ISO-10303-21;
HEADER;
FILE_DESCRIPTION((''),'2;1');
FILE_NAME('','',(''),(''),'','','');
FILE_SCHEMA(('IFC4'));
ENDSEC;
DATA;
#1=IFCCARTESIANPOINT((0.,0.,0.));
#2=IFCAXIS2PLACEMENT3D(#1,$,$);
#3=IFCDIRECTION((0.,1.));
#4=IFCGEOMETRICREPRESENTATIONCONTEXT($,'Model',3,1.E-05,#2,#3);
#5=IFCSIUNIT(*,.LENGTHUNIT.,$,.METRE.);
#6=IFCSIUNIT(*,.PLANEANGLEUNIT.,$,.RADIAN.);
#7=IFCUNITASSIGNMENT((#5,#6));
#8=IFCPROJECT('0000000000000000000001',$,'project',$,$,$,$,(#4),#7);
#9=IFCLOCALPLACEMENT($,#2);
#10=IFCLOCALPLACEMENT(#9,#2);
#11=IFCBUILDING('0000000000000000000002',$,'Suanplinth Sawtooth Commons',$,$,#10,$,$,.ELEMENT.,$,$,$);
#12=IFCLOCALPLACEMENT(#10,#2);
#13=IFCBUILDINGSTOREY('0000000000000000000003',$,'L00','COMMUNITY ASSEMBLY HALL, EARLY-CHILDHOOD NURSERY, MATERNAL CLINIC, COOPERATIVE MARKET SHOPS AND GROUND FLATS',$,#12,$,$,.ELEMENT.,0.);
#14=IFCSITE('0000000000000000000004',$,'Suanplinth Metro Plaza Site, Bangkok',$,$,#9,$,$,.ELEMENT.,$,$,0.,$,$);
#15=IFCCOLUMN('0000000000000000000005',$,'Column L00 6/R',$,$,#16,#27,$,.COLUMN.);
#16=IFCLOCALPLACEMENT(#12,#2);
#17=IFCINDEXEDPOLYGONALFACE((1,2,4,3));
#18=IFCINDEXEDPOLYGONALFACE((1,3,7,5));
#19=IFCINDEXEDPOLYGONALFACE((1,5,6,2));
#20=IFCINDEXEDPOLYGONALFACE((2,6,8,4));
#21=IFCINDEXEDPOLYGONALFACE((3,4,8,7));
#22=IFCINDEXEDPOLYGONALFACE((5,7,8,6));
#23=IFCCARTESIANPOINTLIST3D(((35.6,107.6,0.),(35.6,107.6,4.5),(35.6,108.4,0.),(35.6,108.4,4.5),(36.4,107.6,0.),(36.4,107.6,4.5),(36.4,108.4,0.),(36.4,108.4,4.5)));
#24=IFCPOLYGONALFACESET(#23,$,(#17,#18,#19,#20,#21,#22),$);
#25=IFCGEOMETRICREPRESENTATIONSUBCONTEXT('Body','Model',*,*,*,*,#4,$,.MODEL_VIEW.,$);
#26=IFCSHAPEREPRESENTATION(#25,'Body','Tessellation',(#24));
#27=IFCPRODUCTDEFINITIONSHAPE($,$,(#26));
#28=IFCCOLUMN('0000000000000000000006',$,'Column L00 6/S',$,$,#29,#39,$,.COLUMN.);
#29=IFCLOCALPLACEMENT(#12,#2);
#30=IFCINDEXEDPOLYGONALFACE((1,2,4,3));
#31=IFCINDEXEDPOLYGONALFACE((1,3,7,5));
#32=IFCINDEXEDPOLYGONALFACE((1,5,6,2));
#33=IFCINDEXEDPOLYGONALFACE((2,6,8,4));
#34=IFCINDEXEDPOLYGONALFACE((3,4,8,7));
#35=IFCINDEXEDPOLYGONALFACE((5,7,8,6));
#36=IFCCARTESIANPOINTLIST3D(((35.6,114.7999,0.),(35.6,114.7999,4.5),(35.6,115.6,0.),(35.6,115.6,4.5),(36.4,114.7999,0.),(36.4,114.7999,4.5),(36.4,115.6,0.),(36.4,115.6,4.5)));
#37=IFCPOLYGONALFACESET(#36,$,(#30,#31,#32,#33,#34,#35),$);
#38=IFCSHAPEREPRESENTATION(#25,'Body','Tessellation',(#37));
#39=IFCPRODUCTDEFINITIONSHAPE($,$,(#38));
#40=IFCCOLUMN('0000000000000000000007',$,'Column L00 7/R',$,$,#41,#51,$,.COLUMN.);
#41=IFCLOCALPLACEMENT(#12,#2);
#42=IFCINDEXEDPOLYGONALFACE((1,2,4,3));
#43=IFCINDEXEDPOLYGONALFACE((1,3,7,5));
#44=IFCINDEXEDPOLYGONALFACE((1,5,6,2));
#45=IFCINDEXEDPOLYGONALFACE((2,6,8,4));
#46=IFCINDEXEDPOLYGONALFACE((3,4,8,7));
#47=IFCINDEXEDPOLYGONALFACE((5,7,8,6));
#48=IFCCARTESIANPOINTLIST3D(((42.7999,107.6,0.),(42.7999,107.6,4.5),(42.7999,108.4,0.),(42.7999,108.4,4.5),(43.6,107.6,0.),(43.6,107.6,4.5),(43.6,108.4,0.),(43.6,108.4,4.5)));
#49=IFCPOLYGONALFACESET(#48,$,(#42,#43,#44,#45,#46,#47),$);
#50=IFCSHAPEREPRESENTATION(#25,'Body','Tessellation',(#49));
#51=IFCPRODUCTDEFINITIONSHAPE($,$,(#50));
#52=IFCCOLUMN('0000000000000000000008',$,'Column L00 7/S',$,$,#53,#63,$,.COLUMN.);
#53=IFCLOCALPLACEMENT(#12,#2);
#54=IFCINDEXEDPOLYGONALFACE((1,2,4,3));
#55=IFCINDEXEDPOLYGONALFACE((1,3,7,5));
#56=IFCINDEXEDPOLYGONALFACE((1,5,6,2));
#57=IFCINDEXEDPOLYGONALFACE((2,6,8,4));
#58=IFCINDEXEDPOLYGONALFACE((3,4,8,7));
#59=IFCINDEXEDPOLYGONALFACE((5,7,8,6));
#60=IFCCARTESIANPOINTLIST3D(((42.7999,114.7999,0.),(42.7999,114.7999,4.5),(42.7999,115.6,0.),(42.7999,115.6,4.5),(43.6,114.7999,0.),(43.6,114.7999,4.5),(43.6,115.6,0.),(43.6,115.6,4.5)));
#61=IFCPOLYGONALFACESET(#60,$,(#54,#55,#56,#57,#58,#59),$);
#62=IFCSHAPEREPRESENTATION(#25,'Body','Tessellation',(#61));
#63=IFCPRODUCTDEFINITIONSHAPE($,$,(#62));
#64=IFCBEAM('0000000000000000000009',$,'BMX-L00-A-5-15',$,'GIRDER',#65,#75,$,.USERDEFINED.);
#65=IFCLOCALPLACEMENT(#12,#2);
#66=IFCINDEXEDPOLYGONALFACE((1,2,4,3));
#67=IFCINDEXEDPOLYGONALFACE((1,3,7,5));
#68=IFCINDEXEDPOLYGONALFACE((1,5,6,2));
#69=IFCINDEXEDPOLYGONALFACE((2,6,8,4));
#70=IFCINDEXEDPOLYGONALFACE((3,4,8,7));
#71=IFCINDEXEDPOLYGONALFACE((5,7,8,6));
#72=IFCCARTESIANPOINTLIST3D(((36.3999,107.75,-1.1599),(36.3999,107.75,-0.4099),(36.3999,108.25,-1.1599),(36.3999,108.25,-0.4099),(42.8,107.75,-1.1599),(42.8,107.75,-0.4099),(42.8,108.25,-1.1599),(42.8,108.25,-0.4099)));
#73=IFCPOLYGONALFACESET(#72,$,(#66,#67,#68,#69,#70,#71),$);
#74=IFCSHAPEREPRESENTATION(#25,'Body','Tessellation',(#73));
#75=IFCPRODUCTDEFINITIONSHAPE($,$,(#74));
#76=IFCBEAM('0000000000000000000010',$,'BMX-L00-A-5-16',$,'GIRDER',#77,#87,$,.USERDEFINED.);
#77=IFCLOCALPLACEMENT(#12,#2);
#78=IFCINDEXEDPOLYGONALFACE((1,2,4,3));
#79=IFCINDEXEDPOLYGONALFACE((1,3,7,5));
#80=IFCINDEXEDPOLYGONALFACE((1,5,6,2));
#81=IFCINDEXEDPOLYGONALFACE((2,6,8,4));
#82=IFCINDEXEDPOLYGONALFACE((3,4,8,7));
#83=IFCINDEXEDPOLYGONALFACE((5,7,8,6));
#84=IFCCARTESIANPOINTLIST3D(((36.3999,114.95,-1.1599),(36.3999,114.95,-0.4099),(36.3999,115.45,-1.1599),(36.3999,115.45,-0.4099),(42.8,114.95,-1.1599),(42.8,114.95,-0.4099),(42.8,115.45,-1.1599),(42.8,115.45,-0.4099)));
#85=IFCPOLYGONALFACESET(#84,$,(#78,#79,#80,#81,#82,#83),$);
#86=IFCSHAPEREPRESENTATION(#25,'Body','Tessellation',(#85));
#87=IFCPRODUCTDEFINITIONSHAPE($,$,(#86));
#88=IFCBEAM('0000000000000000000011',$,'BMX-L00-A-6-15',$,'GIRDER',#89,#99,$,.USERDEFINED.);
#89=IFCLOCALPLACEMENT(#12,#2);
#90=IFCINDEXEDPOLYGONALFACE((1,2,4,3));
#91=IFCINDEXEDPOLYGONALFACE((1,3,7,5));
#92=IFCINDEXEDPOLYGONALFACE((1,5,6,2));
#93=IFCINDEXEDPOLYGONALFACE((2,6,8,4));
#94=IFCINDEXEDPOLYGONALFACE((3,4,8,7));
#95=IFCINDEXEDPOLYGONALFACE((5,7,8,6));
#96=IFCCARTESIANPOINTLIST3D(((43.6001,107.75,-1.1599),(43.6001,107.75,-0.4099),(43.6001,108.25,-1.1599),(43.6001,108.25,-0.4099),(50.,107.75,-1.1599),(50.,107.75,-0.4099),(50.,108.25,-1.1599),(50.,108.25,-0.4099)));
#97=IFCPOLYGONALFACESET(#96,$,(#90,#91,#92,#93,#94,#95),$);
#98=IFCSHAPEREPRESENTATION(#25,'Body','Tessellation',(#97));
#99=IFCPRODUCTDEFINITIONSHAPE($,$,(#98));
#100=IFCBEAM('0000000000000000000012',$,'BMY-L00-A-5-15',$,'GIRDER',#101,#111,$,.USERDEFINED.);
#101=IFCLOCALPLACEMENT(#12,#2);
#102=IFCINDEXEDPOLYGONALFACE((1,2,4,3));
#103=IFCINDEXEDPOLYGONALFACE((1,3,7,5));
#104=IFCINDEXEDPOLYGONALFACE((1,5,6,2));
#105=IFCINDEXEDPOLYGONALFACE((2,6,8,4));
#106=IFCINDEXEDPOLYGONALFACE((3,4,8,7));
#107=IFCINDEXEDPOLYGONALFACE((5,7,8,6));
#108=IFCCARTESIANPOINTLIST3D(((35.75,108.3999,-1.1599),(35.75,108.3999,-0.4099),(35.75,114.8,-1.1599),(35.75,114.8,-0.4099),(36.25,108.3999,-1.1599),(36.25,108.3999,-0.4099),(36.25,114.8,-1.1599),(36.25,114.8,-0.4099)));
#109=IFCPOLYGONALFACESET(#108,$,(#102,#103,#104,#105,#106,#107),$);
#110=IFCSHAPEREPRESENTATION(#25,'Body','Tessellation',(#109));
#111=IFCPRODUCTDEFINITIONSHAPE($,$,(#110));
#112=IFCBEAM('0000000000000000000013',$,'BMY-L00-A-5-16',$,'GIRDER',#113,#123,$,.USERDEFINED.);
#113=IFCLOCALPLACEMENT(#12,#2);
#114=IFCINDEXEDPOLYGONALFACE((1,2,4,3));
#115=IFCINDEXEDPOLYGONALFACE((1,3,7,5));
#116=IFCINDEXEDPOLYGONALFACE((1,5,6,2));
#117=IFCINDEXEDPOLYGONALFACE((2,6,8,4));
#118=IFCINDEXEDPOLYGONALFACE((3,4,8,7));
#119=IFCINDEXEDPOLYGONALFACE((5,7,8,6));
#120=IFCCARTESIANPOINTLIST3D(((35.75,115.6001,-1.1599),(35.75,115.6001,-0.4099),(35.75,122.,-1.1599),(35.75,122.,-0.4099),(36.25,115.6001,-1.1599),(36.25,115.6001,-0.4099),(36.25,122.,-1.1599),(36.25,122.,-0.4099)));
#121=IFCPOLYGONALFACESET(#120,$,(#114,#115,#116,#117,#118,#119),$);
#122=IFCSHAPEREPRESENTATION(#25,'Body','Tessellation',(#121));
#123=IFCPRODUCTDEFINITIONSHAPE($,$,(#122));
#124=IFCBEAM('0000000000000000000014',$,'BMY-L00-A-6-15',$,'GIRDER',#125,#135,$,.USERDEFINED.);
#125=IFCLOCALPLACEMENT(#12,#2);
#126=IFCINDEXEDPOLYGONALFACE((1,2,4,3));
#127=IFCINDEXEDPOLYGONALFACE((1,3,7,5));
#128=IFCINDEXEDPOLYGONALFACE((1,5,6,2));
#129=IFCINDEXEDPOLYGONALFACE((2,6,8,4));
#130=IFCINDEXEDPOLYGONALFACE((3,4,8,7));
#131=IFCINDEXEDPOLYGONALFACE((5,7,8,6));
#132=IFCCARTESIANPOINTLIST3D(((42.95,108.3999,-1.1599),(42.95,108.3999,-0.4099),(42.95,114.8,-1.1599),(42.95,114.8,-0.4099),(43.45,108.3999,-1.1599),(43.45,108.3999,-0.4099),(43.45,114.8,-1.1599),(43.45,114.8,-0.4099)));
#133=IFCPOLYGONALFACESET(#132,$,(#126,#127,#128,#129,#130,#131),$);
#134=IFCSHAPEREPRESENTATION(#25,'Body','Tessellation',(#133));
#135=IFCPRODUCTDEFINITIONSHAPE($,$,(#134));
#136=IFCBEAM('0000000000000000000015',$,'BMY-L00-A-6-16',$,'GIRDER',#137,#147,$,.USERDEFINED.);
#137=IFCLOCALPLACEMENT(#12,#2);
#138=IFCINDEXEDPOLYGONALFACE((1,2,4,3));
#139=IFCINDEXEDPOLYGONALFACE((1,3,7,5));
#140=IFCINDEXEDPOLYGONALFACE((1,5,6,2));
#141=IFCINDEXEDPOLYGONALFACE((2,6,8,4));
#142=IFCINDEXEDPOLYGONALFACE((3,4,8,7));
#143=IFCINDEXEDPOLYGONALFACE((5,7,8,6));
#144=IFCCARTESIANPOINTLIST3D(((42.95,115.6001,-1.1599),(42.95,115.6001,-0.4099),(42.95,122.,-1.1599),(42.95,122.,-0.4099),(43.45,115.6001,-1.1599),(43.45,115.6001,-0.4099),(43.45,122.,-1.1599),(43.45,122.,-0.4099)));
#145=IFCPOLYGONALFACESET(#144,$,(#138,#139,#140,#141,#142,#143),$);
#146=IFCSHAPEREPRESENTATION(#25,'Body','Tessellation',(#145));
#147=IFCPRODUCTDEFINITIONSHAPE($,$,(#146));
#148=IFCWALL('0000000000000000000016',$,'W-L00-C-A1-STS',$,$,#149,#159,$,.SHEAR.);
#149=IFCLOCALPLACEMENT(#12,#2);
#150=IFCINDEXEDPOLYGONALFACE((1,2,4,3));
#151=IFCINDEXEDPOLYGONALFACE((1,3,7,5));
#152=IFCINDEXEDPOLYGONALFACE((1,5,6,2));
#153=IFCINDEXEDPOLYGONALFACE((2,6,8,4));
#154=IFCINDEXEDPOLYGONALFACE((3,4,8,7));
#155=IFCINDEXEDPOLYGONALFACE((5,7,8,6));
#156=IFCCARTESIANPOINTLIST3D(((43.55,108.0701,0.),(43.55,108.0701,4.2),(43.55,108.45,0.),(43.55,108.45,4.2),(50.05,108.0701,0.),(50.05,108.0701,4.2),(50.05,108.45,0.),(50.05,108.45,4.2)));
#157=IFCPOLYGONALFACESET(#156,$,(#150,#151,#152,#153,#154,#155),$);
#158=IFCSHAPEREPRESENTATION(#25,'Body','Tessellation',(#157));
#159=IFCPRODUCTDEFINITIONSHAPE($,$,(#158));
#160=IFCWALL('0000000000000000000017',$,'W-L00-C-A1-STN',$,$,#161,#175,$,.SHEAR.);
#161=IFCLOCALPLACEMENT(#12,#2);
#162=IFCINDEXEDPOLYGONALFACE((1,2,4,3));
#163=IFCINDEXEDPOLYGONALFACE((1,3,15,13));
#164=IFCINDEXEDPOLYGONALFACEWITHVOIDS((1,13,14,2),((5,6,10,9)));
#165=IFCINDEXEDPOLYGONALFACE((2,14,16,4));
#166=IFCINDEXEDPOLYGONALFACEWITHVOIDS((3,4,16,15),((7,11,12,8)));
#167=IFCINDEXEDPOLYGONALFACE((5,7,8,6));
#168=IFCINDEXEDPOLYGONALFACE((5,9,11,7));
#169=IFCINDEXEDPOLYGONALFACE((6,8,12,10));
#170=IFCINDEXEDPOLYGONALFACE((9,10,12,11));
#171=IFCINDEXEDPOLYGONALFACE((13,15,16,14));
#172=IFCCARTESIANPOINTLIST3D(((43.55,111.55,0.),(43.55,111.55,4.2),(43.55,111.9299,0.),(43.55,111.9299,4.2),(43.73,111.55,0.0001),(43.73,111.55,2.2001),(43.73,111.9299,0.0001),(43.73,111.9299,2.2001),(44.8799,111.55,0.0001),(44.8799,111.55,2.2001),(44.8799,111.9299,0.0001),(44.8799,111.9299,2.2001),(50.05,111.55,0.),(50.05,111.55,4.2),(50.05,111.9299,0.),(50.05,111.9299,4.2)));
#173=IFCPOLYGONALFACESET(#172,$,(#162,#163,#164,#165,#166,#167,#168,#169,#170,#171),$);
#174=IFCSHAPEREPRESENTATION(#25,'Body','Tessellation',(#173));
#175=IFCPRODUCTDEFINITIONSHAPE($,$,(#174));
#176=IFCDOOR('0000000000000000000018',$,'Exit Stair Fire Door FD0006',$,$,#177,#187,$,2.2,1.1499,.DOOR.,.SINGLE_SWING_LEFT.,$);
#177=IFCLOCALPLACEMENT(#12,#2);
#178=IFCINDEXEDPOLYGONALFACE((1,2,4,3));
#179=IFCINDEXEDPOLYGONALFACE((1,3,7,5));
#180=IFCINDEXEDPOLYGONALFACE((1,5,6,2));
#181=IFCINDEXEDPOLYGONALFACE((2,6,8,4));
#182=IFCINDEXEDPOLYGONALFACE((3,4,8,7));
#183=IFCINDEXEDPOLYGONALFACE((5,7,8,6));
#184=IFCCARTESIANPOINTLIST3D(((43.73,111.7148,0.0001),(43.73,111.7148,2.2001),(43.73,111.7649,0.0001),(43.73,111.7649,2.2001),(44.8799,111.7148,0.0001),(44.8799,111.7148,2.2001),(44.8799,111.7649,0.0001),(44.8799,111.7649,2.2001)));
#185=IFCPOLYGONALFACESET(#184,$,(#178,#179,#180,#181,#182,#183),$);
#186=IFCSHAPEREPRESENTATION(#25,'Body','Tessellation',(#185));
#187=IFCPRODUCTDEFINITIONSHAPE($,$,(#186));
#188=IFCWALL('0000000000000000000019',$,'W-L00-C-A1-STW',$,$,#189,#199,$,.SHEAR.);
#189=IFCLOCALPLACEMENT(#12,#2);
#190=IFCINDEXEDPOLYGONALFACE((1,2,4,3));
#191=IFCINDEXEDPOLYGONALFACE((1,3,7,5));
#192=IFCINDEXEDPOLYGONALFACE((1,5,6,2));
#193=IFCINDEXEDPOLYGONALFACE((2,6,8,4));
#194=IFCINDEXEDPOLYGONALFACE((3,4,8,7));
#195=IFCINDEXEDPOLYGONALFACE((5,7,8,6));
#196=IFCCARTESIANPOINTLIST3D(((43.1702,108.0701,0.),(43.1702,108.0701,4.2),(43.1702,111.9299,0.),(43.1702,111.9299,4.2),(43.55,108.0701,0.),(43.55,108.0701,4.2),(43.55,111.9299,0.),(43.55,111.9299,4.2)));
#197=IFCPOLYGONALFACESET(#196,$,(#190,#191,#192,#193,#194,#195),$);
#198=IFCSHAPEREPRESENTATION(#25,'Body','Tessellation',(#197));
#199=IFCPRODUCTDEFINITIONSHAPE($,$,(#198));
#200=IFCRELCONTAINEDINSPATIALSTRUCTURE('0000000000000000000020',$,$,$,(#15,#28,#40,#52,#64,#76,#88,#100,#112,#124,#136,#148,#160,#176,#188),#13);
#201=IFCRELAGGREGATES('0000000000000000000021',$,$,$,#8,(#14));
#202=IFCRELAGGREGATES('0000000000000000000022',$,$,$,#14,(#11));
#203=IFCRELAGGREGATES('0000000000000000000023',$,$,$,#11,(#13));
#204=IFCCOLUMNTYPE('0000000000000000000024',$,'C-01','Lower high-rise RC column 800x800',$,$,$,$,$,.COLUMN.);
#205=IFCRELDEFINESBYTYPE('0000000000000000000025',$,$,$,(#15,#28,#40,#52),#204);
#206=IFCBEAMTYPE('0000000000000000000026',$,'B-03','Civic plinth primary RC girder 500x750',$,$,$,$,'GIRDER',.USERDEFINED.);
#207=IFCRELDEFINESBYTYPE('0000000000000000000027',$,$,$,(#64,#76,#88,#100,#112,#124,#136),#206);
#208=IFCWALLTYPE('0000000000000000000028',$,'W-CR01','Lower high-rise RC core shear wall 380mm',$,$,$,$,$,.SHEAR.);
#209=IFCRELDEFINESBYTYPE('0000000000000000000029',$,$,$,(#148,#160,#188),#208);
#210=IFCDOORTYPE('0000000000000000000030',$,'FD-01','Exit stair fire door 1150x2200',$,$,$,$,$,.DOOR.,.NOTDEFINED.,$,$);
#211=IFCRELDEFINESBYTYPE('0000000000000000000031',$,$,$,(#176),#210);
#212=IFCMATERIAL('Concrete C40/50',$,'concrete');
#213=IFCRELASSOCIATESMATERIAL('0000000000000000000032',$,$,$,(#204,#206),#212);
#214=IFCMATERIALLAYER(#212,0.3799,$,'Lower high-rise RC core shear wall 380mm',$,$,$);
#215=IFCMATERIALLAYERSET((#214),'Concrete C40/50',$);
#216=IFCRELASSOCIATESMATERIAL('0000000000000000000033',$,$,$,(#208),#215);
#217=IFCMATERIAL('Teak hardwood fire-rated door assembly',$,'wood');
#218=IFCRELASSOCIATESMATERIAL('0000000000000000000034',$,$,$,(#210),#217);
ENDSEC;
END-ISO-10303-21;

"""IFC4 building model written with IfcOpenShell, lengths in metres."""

from ifc_helpers import new_model, si_unit, direction, frame, frame_2d, origin, origin_2d, place, context, subcontext, project, spatial, rectangle, extrude, material, layer, layer_set, material_profile, profile_set, type_object, element, fill, save


model = new_model("IFC4")

# Units and contexts
model_context = context("Model", 3, precision=1e-05, world=origin(), true_north=direction((0.0, 1.0)))
body_context = subcontext(model_context, "Body", "Model", "MODEL_VIEW")
ifc_project = project(units=[si_unit("LENGTHUNIT", "METRE"), si_unit("PLANEANGLEUNIT", "RADIAN")], contexts=[model_context])

# Site, building, storey
site_placement = place(None, origin())
site = spatial("IfcSite", under=ifc_project, at=site_placement, Name="Suanplinth Metro Plaza Site, Bangkok", CompositionType="ELEMENT", RefElevation=0.0)
building_placement = place(site_placement, origin())
building = spatial("IfcBuilding", under=site, at=building_placement, Name="Suanplinth Sawtooth Commons", CompositionType="ELEMENT")
storey_placement = place(building_placement, origin())
storey = spatial("IfcBuildingStorey", under=building, at=storey_placement, Name="L00", Description="COMMUNITY ASSEMBLY HALL, EARLY-CHILDHOOD NURSERY, MATERNAL CLINIC, COOPERATIVE MARKET SHOPS AND GROUND FLATS", CompositionType="ELEMENT", Elevation=0.0)

# Columns
ifc_material_1 = material(Name="Concrete C40/50", Category="concrete")
ifc_material_profile_1 = material_profile(ifc_material_1, rectangle(XDim=0.8, YDim=0.8, at=origin_2d()), Name="RC-COL 800x800")
ifc_profile_set_1 = profile_set([ifc_material_profile_1], Name="Concrete C40/50")
column_type = type_object("IfcColumnType", Name="C-01", Description="Lower high-rise RC column 800x800", PredefinedType="COLUMN", material=ifc_profile_set_1)
for number, where, z_axis, x_axis, name in (
    (1, (36.0, 108.0, 0.0), (0.0, 0.0, 1.0), (1.0, 0.0, 0.0), "Column L00 6/R"),
    (2, (36.0, 115.2, 0.0), (0.0, 0.0, 1.0), (1.0, 0.0, 0.0), "Column L00 6/S"),
    (3, (43.2, 108.0, 0.0), (0.0, 0.0, 1.0), (1.0, 0.0, 0.0), "Column L00 7/R"),
    (4, (43.2, 115.2, 0.0), (0.0, 0.0, 1.0), (1.0, 0.0, 0.0), "Column L00 7/S"),
):
    element("IfcColumn", number, at=place(storey_placement, frame(where, z_axis=z_axis, x_axis=x_axis)), inside=storey, type_object=column_type, Name=name, PredefinedType="COLUMN", context=body_context, shape_type="SweptSolid", body=[
        extrude(rectangle(XDim=0.8, YDim=0.8, at=origin_2d()), origin(), (0.0, 0.0, 1.0), 4.5),
    ])

# Beams
ifc_material_profile_2 = material_profile(ifc_material_1, rectangle(XDim=0.5, YDim=0.75, at=origin_2d()), Name="RC-GDR 500x750")
ifc_profile_set_2 = profile_set([ifc_material_profile_2], Name="Concrete C40/50")
beam_type = type_object("IfcBeamType", Name="B-03", Description="Civic plinth primary RC girder 500x750", ElementType="GIRDER", PredefinedType="USERDEFINED", material=ifc_profile_set_2)
for number, where, z_axis, x_axis, name in (
    (5, (36.3999, 108.0, -0.7849), (1.0, 0.0, 0.0), (0.0, 1.0, 0.0), "BMX-L00-A-5-15"),
    (6, (36.3999, 115.2, -0.7849), (1.0, 0.0, 0.0), (0.0, 1.0, 0.0), "BMX-L00-A-5-16"),
):
    element("IfcBeam", number, at=place(storey_placement, frame(where, z_axis=z_axis, x_axis=x_axis)), inside=storey, type_object=beam_type, Name=name, ObjectType="GIRDER", PredefinedType="USERDEFINED", context=body_context, shape_type="SweptSolid", body=[
        extrude(rectangle(XDim=0.5, YDim=0.75, at=origin_2d()), origin(), (0.0, 0.0, 1.0), 6.4001),
    ])
beam_1_placement = place(storey_placement, frame((43.6001, 108.0, -0.7849), z_axis=(1.0, 0.0, 0.0), x_axis=(0.0, 1.0, 0.0)))
element("IfcBeam", 7, at=beam_1_placement, inside=storey, type_object=beam_type, Name="BMX-L00-A-6-15", ObjectType="GIRDER", PredefinedType="USERDEFINED", context=body_context, shape_type="SweptSolid", body=[
    extrude(rectangle(XDim=0.5, YDim=0.75, at=origin_2d()), origin(), (0.0, 0.0, 1.0), 6.3999),
])
beam_2_placement = place(storey_placement, frame((36.0, 108.3999, -0.7849), z_axis=(0.0, 1.0, 0.0), x_axis=(-1.0, 0.0, 0.0)))
element("IfcBeam", 8, at=beam_2_placement, inside=storey, type_object=beam_type, Name="BMY-L00-A-5-15", ObjectType="GIRDER", PredefinedType="USERDEFINED", context=body_context, shape_type="SweptSolid", body=[
    extrude(rectangle(XDim=0.5, YDim=0.75, at=origin_2d()), origin(), (0.0, 0.0, 1.0), 6.4001),
])
beam_3_placement = place(storey_placement, frame((36.0, 115.6001, -0.7849), z_axis=(0.0, 1.0, 0.0), x_axis=(-1.0, 0.0, 0.0)))
element("IfcBeam", 9, at=beam_3_placement, inside=storey, type_object=beam_type, Name="BMY-L00-A-5-16", ObjectType="GIRDER", PredefinedType="USERDEFINED", context=body_context, shape_type="SweptSolid", body=[
    extrude(rectangle(XDim=0.5, YDim=0.75, at=origin_2d()), origin(), (0.0, 0.0, 1.0), 6.3999),
])
beam_4_placement = place(storey_placement, frame((43.2, 108.3999, -0.7849), z_axis=(0.0, 1.0, 0.0), x_axis=(-1.0, 0.0, 0.0)))
element("IfcBeam", 10, at=beam_4_placement, inside=storey, type_object=beam_type, Name="BMY-L00-A-6-15", ObjectType="GIRDER", PredefinedType="USERDEFINED", context=body_context, shape_type="SweptSolid", body=[
    extrude(rectangle(XDim=0.5, YDim=0.75, at=origin_2d()), origin(), (0.0, 0.0, 1.0), 6.4001),
])
beam_5_placement = place(storey_placement, frame((43.2, 115.6001, -0.7849), z_axis=(0.0, 1.0, 0.0), x_axis=(-1.0, 0.0, 0.0)))
element("IfcBeam", 11, at=beam_5_placement, inside=storey, type_object=beam_type, Name="BMY-L00-A-6-16", ObjectType="GIRDER", PredefinedType="USERDEFINED", context=body_context, shape_type="SweptSolid", body=[
    extrude(rectangle(XDim=0.5, YDim=0.75, at=origin_2d()), origin(), (0.0, 0.0, 1.0), 6.3999),
])

# Wall
ifc_layer_1 = layer(ifc_material_1, 0.3799, Name="Lower high-rise RC core shear wall 380mm")
ifc_layer_set_1 = layer_set([ifc_layer_1], Name="Concrete C40/50")
wall_type_1 = type_object("IfcWallType", Name="W-CR01", Description="Lower high-rise RC core shear wall 380mm", PredefinedType="SHEAR", material=ifc_layer_set_1)
wall_1_placement = place(storey_placement, frame((43.55, 108.26, 0.0), z_axis=(0.0, 0.0, 1.0), x_axis=(1.0, 0.0, 0.0)))
element("IfcWall", 12, at=wall_1_placement, inside=storey, type_object=wall_type_1, Name="W-L00-C-A1-STS", PredefinedType="SHEAR", context=body_context, shape_type="SweptSolid", body=[
    extrude(rectangle(XDim=6.5, YDim=0.3799, at=frame_2d((3.25, 0.0))), origin(), (0.0, 0.0, 1.0), 4.2),
])

# Wall, opening, door
wall_2_placement = place(storey_placement, frame((43.55, 111.74, 0.0), z_axis=(0.0, 0.0, 1.0), x_axis=(1.0, 0.0, 0.0)))
wall_2 = element("IfcWall", 13, at=wall_2_placement, inside=storey, type_object=wall_type_1, Name="W-L00-C-A1-STN", PredefinedType="SHEAR", context=body_context, shape_type="SweptSolid", body=[
    extrude(rectangle(XDim=6.5, YDim=0.3799, at=frame_2d((3.25, 0.0))), origin(), (0.0, 0.0, 1.0), 4.2),
])
opening_1_placement = place(wall_2_placement, frame((0.1799, 0.0, 0.0)))
opening_1 = element("IfcOpeningElement", 14, at=opening_1_placement, cuts=wall_2, PredefinedType="OPENING", context=body_context, shape_type="SweptSolid", body=[
    extrude(rectangle(XDim=1.1499, YDim=2.2, at=frame_2d((0.575, 1.1001))), frame((0.0, 0.2048, 0.0), z_axis=(0.0, -1.0, 0.0), x_axis=(1.0, 0.0, 0.0)), (0.0, 0.0, 1.0), 0.4097),
])
ifc_material_2 = material(Name="Teak hardwood fire-rated door assembly", Category="wood")
door_type_1 = type_object("IfcDoorType", Name="FD-01", Description="Exit stair fire door 1150x2200", OperationType="NOTDEFINED", PredefinedType="DOOR", material=ifc_material_2)
door_1_placement = place(opening_1_placement, origin())
door_1 = element("IfcDoor", 15, at=door_1_placement, inside=storey, type_object=door_type_1, Name="Exit Stair Fire Door FD0006", OperationType="SINGLE_SWING_LEFT", OverallHeight=2.2, OverallWidth=1.1499, PredefinedType="DOOR", context=body_context, shape_type="SweptSolid", body=[
    extrude(rectangle(XDim=1.1499, YDim=2.2, at=frame_2d((0.575, 1.1001))), frame((0.0, 0.0249, 0.0), z_axis=(0.0, -1.0, 0.0), x_axis=(1.0, 0.0, 0.0)), (0.0, 0.0, 1.0), 0.05),
])
fill(opening_1, door_1)

# Wall
wall_3_placement = place(storey_placement, frame((43.3601, 108.0701, 0.0), z_axis=(0.0, 0.0, 1.0), x_axis=(0.0, 1.0, 0.0)))
element("IfcWall", 16, at=wall_3_placement, inside=storey, type_object=wall_type_1, Name="W-L00-C-A1-STW", PredefinedType="SHEAR", context=body_context, shape_type="SweptSolid", body=[
    extrude(rectangle(XDim=3.8599, YDim=0.3799, at=frame_2d((1.9299, 0.0))), origin(), (0.0, 0.0, 1.0), 4.2),
])

save(model, "model.ifc")
